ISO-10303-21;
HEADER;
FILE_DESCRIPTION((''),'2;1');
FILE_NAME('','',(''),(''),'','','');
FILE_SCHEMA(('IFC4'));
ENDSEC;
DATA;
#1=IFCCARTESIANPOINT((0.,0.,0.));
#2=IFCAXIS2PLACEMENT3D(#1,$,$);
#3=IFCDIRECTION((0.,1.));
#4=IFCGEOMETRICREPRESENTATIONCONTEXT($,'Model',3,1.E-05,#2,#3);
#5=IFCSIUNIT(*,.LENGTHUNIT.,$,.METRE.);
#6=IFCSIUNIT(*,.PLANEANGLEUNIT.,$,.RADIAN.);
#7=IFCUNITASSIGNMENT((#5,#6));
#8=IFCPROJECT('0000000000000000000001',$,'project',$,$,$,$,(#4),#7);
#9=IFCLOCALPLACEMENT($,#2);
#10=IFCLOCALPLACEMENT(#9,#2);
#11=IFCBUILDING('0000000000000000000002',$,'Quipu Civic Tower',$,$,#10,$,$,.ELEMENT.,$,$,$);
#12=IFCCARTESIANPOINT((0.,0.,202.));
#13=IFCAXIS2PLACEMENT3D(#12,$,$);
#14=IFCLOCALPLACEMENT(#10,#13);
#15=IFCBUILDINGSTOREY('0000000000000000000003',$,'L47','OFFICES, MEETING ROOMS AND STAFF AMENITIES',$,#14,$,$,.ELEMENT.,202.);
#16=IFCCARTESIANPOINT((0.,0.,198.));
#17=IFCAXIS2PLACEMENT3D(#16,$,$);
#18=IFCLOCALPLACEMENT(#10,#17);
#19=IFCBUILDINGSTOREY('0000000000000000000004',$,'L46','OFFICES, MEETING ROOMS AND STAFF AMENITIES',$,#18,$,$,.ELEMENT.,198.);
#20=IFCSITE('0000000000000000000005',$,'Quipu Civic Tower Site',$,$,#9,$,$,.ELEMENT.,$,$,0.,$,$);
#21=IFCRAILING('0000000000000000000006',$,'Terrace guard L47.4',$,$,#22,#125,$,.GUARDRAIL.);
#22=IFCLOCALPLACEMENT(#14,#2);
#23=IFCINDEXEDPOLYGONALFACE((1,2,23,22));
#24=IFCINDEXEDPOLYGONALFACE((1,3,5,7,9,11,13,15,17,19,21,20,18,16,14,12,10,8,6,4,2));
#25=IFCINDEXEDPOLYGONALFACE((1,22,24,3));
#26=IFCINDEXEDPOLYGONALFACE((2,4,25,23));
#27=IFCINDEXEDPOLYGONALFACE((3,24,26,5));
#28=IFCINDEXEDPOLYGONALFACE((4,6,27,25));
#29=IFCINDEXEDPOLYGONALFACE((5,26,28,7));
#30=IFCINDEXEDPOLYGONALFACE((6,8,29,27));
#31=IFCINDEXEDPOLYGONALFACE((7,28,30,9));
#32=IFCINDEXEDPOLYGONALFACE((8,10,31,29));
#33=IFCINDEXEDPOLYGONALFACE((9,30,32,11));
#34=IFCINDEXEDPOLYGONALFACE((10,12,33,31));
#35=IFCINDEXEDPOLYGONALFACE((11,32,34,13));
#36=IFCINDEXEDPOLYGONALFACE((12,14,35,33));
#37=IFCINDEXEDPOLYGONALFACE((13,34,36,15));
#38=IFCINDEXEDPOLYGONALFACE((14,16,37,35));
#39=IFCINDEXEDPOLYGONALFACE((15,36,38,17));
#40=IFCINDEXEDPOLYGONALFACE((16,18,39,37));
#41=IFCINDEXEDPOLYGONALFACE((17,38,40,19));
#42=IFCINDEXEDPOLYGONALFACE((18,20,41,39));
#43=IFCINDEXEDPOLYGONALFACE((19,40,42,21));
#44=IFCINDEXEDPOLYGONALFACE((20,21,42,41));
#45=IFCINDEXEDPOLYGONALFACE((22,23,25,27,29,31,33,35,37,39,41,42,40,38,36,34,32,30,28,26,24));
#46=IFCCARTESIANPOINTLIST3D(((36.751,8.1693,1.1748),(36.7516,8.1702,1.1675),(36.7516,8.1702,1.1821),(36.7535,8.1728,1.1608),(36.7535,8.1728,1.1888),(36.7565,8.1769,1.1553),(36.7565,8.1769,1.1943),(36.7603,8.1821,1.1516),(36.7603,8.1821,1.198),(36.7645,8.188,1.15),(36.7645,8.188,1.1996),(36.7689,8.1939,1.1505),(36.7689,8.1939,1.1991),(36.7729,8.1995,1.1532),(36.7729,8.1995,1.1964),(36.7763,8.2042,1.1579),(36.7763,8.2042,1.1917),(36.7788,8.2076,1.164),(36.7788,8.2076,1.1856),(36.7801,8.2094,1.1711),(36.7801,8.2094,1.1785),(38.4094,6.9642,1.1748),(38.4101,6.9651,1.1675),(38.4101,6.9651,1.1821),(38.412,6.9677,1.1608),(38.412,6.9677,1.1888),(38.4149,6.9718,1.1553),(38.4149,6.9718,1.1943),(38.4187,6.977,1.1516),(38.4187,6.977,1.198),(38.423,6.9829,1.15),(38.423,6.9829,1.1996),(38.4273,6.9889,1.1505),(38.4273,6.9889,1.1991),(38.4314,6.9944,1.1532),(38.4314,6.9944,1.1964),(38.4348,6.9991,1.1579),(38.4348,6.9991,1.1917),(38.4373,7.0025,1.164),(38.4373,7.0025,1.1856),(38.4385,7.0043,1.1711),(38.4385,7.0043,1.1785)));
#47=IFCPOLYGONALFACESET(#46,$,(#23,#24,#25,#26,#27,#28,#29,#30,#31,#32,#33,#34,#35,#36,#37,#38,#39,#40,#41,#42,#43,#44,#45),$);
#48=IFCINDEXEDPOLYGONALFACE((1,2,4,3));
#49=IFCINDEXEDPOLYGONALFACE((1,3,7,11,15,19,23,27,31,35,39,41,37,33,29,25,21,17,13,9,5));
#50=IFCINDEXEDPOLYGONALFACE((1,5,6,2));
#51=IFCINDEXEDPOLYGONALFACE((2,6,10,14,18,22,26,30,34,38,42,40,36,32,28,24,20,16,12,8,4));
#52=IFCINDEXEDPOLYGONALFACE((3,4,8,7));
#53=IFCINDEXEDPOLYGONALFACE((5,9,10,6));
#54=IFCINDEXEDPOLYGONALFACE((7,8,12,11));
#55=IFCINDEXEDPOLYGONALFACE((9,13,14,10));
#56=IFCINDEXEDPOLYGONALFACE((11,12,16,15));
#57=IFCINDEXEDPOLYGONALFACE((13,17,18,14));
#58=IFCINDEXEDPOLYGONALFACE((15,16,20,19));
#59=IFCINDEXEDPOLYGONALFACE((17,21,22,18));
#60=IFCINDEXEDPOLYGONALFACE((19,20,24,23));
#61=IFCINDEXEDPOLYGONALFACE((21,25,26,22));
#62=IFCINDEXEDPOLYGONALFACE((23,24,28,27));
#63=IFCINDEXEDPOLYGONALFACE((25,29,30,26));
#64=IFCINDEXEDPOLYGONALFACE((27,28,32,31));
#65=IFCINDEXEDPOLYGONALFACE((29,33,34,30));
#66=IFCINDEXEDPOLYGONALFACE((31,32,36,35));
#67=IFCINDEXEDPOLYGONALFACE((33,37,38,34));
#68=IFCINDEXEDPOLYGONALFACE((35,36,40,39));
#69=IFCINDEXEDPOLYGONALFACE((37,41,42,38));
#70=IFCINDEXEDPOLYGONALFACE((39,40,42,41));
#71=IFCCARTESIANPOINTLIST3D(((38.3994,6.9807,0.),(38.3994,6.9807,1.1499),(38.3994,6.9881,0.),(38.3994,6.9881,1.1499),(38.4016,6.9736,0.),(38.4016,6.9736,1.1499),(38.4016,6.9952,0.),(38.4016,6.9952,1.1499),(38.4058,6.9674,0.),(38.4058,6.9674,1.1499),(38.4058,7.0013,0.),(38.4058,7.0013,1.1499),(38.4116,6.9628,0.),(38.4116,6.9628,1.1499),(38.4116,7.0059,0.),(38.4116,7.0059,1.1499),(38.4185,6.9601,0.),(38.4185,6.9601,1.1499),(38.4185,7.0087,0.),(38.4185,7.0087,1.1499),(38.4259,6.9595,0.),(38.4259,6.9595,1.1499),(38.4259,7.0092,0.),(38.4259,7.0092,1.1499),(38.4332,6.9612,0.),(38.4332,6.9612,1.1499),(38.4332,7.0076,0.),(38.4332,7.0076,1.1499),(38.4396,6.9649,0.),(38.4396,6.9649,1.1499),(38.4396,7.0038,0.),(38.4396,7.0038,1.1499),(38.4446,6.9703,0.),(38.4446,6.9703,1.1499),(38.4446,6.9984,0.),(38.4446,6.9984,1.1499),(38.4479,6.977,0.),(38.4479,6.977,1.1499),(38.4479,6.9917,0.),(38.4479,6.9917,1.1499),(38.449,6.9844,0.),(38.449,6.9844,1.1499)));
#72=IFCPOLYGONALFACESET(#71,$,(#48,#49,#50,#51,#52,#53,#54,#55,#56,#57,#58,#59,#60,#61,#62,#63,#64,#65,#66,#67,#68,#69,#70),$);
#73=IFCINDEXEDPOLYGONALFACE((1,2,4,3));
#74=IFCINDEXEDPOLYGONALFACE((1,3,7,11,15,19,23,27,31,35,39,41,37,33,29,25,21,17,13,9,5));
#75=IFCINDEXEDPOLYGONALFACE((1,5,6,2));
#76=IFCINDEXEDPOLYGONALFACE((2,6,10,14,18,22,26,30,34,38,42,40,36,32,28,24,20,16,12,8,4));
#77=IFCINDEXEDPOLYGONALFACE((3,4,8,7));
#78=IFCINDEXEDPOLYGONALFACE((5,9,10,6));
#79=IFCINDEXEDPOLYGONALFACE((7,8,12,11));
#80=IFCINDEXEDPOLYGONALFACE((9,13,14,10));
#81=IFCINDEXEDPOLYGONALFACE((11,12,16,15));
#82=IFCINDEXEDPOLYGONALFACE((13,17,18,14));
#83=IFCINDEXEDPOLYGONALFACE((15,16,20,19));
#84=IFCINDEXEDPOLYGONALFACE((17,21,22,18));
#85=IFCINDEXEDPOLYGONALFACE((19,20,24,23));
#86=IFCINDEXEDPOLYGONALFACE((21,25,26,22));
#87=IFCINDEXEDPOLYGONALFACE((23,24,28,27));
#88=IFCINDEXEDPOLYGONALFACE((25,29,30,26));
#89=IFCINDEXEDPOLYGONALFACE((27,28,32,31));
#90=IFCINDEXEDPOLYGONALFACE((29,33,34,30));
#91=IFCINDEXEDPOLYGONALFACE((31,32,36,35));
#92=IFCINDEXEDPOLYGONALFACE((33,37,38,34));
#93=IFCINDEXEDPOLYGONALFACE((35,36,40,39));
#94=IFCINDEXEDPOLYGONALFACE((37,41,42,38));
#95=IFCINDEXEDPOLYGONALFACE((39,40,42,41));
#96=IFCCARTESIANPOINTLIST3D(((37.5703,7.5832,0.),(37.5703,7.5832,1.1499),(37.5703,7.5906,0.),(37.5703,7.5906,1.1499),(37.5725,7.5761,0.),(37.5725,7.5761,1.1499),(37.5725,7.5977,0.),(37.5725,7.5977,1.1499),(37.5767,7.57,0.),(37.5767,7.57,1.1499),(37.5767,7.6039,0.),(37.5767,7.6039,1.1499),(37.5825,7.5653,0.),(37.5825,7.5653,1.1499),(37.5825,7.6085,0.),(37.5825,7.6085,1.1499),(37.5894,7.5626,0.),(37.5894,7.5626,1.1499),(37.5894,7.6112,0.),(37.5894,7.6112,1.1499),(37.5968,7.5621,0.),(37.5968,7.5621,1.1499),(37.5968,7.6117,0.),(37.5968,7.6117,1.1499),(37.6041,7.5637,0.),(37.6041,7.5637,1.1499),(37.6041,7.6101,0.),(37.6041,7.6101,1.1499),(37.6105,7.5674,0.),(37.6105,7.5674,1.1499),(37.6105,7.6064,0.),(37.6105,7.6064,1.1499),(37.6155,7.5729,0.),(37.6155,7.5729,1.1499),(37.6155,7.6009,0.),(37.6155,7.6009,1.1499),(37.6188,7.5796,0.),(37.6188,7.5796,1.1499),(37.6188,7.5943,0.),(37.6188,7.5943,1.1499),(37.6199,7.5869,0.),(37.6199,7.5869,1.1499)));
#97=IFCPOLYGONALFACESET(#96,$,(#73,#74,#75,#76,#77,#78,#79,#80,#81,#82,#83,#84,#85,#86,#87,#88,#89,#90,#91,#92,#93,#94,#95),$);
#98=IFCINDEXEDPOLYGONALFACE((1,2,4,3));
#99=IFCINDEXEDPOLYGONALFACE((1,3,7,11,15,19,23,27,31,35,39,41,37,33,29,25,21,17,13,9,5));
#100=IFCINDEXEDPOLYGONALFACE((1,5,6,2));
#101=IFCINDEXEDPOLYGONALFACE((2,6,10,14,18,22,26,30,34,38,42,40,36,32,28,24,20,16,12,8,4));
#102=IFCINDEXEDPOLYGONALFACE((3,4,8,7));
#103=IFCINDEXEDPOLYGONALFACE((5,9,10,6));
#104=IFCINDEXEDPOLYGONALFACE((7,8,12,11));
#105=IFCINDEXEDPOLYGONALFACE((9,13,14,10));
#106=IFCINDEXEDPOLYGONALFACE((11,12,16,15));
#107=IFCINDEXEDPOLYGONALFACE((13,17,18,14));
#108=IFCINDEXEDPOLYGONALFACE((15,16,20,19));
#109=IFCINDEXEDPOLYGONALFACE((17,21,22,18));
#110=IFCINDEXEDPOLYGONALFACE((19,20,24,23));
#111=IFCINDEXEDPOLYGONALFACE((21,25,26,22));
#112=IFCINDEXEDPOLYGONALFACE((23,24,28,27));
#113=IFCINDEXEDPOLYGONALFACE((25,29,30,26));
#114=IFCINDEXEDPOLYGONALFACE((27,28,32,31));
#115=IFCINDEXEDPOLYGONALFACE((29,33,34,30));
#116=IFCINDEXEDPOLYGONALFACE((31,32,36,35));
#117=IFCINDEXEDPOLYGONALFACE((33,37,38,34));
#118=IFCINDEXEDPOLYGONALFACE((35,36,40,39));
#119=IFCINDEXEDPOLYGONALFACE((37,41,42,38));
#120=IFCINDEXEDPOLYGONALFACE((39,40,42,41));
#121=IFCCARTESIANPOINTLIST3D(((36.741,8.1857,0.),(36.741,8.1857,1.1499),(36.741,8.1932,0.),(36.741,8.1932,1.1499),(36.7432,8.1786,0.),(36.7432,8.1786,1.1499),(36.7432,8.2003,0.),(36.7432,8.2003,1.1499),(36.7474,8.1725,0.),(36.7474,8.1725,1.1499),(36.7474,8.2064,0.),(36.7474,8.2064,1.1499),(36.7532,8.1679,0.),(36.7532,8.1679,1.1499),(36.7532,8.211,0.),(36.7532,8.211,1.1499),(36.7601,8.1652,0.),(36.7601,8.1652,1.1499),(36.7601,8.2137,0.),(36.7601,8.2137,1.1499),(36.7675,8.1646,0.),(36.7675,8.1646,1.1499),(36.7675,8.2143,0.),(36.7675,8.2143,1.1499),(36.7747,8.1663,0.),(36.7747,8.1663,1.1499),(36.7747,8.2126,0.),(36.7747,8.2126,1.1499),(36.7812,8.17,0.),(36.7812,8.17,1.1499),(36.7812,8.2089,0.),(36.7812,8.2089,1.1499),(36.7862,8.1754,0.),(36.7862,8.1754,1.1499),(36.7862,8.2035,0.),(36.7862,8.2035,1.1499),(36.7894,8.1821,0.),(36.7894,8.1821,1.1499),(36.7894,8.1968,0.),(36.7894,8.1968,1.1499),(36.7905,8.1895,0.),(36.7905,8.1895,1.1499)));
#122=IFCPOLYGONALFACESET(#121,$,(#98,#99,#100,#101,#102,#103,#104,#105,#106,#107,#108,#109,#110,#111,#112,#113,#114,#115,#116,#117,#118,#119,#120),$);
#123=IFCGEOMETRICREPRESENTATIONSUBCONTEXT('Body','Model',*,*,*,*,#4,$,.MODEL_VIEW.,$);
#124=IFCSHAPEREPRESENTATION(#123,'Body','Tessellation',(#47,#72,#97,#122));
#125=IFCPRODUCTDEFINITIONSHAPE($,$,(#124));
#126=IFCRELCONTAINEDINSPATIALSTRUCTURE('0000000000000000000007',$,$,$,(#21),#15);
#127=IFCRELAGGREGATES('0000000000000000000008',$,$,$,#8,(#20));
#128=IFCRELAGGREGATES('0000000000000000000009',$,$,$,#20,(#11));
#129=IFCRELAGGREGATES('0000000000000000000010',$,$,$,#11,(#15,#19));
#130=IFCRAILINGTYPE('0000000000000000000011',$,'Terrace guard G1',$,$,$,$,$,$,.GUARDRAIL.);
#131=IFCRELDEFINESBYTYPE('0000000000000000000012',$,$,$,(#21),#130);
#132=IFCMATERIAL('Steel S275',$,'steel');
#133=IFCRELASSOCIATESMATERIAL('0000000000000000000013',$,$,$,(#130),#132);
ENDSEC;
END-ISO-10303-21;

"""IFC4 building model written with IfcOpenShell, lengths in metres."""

from ifc_helpers import new_model, si_unit, direction, frame, origin, origin_2d, place, context, subcontext, project, spatial, circle, extrude, material, type_object, element, save


model = new_model("IFC4")

# Units and contexts
model_context = context("Model", 3, precision=1e-05, world=origin(), true_north=direction((0.0, 1.0)))
body_context = subcontext(model_context, "Body", "Model", "MODEL_VIEW")
ifc_project = project(units=[si_unit("LENGTHUNIT", "METRE"), si_unit("PLANEANGLEUNIT", "RADIAN")], contexts=[model_context])

# Site, building, storey
site_placement = place(None, origin())
site = spatial("IfcSite", under=ifc_project, at=site_placement, Name="Quipu Civic Tower Site", CompositionType="ELEMENT", RefElevation=0.0)
building_placement = place(site_placement, origin())
building = spatial("IfcBuilding", under=site, at=building_placement, Name="Quipu Civic Tower", CompositionType="ELEMENT")
storey_1_placement = place(building_placement, frame((0.0, 0.0, 202.0)))
storey_1 = spatial("IfcBuildingStorey", under=building, at=storey_1_placement, Name="L47", Description="OFFICES, MEETING ROOMS AND STAFF AMENITIES", CompositionType="ELEMENT", Elevation=202.0)

# Shared definitions
storey_2_placement = place(building_placement, frame((0.0, 0.0, 198.0)))
storey_2 = spatial("IfcBuildingStorey", under=building, at=storey_2_placement, Name="L46", Description="OFFICES, MEETING ROOMS AND STAFF AMENITIES", CompositionType="ELEMENT", Elevation=198.0)

# Railing
ifc_material_1 = material(Name="Steel S275", Category="steel")
railing_type = type_object("IfcRailingType", Name="Terrace guard G1", PredefinedType="GUARDRAIL", material=ifc_material_1)
railing_1_placement = place(storey_1_placement, frame((38.4241, 6.9844, 0.0)))
element("IfcRailing", 1, at=railing_1_placement, inside=storey_1, type_object=railing_type, Name="Terrace guard L47.4", PredefinedType="GUARDRAIL", context=body_context, shape_type="SweptSolid", body=[
    extrude(circle(Radius=0.0249, at=origin_2d()), frame((0.0, 0.0, 1.1748), z_axis=(-0.808983, 0.587832, 0.0), x_axis=(-0.587832, -0.808983, 0.0)), (0.0, 0.0, 1.0), 2.05),
    extrude(circle(Radius=0.0249, at=origin_2d()), origin(), (0.0, 0.0, 1.0), 1.1499),
    extrude(circle(Radius=0.0249, at=origin_2d()), frame((-0.8291, 0.6025, 0.0)), (0.0, 0.0, 1.0), 1.1499),
    extrude(circle(Radius=0.0249, at=origin_2d()), frame((-1.6584, 1.2051, 0.0)), (0.0, 0.0, 1.0), 1.1499),
])

save(model, "model.ifc")
